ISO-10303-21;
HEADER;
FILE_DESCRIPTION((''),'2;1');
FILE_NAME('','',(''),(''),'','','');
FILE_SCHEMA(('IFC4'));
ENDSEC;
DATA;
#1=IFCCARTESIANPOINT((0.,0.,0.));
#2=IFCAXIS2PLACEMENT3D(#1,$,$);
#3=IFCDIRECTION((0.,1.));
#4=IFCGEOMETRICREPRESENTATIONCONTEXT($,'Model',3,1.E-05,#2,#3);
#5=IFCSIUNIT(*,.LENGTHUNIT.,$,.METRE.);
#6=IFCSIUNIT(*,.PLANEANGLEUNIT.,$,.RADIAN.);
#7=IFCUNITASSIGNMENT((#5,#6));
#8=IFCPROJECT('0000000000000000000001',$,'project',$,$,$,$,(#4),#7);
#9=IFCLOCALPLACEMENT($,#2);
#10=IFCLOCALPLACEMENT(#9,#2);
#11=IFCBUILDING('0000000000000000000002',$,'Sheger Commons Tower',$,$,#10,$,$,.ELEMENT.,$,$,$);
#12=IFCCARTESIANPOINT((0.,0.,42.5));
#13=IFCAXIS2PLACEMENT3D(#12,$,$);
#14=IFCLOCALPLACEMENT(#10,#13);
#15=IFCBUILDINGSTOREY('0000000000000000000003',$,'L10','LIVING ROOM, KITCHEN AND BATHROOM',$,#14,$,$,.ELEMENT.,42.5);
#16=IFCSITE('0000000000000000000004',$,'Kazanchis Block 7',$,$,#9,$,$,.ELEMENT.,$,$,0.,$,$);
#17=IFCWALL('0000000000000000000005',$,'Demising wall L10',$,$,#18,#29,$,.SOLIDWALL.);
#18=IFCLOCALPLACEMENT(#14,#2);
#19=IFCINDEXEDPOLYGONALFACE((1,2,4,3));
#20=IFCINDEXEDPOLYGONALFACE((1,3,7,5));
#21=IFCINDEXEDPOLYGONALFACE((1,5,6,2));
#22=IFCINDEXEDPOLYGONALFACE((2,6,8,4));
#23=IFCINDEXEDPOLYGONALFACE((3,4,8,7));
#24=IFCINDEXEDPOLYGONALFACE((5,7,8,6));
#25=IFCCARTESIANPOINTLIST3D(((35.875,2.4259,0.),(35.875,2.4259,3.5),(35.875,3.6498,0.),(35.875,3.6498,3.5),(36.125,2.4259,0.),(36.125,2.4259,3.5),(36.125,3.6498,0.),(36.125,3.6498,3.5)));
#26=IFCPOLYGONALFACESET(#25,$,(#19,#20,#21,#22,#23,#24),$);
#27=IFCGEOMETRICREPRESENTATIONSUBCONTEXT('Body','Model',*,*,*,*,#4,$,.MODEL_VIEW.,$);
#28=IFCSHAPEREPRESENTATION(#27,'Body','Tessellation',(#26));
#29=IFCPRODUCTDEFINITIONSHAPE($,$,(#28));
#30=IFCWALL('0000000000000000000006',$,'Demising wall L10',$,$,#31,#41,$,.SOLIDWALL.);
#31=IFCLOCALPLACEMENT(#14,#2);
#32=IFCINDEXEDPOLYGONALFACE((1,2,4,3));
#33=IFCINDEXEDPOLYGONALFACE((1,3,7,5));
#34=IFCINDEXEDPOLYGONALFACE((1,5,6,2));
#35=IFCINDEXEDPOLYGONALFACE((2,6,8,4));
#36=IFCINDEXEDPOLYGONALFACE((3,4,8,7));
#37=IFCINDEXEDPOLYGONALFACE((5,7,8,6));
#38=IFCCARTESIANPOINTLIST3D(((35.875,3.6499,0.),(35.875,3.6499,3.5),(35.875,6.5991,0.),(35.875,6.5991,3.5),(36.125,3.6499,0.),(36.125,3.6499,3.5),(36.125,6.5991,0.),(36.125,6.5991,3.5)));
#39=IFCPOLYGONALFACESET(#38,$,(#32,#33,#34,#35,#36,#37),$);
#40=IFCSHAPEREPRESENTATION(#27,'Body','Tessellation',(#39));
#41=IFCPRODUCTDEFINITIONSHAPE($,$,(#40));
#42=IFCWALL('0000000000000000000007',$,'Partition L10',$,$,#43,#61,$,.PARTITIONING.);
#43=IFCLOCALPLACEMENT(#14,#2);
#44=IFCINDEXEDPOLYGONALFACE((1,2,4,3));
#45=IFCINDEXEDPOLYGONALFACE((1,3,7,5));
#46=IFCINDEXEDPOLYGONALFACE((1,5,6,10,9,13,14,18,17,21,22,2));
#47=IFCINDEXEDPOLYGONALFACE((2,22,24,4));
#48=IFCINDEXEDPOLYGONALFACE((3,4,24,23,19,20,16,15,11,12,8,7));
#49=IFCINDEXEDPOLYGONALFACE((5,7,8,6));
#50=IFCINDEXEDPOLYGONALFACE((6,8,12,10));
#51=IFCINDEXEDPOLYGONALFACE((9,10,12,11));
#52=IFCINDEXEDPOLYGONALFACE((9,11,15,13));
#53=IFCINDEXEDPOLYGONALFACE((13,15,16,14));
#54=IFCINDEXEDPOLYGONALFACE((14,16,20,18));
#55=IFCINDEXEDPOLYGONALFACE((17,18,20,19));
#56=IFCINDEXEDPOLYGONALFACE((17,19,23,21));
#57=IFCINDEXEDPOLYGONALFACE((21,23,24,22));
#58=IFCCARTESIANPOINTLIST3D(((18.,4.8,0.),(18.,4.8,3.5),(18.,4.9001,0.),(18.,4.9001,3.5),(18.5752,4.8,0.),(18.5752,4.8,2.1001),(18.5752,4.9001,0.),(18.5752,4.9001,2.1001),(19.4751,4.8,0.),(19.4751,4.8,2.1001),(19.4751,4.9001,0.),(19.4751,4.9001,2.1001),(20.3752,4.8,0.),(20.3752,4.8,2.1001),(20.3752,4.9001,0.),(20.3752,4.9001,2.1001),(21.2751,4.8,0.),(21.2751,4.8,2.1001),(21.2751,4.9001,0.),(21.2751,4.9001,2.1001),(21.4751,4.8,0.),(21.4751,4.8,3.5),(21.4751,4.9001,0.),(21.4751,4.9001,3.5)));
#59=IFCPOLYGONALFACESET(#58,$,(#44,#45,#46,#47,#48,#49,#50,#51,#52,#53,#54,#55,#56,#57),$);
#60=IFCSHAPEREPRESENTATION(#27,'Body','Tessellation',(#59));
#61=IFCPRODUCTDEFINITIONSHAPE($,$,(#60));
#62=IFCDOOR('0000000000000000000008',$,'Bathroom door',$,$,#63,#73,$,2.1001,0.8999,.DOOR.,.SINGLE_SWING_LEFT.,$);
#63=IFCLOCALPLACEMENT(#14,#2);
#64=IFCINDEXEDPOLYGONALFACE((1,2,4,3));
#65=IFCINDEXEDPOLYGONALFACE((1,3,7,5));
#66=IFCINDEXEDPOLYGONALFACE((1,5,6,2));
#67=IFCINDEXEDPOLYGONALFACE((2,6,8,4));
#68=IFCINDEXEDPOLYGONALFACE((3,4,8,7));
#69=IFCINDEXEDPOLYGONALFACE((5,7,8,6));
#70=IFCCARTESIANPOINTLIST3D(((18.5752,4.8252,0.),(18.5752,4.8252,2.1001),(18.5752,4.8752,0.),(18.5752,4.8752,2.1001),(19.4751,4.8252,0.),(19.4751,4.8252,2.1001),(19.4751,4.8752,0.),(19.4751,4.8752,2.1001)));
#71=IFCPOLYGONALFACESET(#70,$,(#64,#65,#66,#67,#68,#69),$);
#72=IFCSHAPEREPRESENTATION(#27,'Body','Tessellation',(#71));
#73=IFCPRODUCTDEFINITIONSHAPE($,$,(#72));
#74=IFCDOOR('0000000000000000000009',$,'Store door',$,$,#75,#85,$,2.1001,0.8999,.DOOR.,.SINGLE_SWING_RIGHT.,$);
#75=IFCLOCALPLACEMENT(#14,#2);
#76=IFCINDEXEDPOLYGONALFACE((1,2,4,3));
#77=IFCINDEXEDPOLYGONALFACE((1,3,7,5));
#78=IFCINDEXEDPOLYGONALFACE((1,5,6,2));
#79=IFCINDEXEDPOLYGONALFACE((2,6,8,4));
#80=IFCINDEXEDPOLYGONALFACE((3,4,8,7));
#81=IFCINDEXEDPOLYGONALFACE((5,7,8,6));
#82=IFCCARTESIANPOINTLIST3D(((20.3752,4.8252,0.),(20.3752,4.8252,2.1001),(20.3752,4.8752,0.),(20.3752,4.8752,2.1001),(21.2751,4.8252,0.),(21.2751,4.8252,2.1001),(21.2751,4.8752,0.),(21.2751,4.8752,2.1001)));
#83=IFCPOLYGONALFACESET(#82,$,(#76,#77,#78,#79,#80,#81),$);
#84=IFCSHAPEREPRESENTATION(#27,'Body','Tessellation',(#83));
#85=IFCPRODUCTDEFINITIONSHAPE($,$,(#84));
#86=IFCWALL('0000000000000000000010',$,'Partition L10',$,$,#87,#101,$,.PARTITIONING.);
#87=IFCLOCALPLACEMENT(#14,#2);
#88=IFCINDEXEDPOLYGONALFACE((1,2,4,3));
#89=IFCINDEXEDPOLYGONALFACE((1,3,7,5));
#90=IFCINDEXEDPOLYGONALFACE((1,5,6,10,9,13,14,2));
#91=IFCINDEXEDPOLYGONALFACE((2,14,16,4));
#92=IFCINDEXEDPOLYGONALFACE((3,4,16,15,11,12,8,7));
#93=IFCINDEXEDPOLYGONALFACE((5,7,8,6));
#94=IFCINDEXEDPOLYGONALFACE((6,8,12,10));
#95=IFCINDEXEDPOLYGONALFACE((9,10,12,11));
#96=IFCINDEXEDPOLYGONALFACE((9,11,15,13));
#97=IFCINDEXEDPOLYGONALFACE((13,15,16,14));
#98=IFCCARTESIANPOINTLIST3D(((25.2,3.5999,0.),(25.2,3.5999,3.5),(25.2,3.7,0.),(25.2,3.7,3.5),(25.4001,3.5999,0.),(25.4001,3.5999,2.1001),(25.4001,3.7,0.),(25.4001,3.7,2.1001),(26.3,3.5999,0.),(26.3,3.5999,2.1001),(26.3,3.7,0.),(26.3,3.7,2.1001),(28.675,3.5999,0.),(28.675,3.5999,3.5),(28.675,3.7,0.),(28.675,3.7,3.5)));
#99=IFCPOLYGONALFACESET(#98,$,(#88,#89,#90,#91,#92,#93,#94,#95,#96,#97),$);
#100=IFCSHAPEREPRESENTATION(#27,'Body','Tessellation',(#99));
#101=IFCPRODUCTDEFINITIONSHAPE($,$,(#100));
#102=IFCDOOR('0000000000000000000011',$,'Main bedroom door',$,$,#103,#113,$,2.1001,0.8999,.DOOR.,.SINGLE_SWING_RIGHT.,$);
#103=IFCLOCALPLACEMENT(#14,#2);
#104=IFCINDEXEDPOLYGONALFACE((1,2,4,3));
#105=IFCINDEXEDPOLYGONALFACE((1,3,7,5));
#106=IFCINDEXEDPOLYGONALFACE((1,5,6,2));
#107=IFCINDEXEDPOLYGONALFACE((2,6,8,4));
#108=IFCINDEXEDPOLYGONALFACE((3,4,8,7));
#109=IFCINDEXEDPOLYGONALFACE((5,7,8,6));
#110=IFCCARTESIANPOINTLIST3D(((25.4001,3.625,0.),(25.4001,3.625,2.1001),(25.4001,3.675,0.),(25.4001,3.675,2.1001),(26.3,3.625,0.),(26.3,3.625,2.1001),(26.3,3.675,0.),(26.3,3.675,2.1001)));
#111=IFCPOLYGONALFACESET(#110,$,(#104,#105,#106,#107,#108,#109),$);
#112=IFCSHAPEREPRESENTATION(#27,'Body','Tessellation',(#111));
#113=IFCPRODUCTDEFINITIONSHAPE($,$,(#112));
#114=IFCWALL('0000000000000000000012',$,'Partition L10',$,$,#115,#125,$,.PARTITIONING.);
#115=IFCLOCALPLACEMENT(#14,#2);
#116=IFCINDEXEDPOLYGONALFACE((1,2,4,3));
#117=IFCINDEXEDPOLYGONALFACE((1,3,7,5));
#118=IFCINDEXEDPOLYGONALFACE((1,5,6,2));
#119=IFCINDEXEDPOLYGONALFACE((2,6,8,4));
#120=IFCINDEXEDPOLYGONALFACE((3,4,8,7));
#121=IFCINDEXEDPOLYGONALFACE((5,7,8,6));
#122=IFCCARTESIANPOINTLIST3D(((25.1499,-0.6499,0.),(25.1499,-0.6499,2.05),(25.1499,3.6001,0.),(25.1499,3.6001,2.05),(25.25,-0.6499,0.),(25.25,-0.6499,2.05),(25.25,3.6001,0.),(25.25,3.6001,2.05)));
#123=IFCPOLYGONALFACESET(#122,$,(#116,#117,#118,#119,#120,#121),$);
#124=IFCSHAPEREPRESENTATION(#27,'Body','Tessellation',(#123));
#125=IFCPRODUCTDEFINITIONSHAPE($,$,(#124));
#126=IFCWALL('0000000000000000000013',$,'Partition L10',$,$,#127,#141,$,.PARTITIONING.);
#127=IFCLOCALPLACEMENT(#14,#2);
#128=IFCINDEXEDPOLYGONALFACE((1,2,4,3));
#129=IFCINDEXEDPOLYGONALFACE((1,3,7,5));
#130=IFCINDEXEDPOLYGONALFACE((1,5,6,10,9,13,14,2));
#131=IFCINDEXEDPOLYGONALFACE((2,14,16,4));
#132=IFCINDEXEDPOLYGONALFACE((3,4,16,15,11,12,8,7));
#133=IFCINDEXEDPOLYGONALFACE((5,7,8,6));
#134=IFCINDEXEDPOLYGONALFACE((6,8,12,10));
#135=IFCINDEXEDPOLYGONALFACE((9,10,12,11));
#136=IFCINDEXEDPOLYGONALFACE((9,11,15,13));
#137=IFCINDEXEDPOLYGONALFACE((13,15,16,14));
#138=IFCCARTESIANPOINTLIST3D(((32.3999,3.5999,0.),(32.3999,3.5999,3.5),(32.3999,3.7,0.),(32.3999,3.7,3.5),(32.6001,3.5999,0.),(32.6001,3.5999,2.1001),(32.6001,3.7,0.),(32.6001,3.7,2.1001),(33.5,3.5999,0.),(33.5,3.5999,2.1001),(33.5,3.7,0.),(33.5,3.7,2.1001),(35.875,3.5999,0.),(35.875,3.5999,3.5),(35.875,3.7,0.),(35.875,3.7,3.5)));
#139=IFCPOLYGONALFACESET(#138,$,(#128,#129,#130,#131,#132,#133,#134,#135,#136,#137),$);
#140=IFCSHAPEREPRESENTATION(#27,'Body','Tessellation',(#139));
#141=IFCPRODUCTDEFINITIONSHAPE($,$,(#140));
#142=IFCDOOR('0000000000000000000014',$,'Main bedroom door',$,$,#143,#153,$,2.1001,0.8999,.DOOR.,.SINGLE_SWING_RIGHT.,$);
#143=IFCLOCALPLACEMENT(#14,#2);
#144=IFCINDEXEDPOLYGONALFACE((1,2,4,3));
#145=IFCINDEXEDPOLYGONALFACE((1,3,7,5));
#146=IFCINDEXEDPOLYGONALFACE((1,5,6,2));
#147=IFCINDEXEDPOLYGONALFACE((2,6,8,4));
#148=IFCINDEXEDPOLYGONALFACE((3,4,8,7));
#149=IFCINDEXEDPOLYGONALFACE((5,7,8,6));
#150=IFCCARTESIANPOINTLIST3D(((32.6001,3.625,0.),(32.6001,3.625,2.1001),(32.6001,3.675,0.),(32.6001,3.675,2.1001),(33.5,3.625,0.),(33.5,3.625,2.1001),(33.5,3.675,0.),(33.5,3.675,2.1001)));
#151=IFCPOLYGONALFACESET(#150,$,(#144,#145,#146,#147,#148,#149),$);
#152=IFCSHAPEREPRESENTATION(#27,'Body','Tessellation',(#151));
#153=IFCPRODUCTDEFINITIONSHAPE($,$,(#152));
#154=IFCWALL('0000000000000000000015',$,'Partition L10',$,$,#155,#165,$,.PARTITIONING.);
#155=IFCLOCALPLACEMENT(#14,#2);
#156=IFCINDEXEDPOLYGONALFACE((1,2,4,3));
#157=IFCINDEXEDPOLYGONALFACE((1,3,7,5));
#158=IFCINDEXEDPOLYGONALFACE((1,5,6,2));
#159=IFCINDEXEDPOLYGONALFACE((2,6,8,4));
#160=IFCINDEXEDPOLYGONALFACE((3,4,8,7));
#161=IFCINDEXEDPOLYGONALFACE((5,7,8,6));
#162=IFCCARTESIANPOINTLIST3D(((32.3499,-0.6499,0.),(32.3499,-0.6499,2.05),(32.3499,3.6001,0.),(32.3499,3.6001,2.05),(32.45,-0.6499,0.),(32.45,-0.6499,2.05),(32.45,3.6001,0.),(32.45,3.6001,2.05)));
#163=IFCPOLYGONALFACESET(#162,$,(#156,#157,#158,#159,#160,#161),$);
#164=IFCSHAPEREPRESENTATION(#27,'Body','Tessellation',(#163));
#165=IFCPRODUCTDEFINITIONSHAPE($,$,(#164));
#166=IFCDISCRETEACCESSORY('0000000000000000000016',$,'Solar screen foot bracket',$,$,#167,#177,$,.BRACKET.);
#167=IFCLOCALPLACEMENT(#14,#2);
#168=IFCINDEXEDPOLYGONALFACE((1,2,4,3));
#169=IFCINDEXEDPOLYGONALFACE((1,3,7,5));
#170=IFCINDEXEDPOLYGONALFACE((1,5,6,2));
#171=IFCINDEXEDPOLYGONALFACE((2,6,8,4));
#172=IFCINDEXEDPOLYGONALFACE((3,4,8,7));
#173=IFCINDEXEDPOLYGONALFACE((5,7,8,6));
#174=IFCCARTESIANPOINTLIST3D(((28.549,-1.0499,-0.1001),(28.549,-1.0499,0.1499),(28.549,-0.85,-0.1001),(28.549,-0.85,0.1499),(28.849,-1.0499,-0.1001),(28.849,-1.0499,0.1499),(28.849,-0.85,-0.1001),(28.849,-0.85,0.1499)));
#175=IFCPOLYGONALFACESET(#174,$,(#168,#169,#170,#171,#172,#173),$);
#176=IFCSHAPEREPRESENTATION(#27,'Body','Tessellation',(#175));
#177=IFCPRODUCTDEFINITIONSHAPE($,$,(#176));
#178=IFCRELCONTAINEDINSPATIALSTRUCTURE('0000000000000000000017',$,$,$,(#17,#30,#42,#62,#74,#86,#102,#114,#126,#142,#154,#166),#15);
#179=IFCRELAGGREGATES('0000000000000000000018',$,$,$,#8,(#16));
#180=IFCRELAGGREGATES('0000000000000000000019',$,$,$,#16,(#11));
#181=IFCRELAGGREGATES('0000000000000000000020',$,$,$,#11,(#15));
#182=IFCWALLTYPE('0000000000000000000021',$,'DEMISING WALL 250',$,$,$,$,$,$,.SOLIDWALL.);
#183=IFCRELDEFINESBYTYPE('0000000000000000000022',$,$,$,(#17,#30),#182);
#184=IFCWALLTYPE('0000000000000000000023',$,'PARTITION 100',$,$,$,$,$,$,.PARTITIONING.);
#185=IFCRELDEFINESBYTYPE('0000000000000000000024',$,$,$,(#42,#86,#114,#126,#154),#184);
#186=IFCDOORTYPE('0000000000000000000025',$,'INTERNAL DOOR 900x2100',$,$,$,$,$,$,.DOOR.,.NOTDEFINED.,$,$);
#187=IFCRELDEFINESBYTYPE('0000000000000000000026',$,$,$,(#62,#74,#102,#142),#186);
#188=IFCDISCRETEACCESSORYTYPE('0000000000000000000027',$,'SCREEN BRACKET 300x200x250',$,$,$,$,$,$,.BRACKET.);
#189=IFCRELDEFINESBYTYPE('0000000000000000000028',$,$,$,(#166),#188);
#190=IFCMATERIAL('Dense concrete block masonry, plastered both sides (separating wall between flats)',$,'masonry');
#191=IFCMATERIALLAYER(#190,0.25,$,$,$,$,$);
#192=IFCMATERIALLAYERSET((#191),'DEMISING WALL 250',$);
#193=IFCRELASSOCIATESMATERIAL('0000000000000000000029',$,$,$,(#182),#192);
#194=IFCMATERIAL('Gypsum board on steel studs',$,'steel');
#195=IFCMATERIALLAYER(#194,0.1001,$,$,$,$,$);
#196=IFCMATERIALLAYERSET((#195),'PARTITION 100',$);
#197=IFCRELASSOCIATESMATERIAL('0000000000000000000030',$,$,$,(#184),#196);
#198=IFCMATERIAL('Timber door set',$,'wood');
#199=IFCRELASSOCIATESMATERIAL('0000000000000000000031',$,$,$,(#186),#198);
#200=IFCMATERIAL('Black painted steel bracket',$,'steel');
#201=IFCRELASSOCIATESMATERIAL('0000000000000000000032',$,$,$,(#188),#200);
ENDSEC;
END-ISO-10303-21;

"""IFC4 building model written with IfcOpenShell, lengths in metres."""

from ifc_helpers import new_model, si_unit, direction, frame, frame_2d, origin, origin_2d, place, context, subcontext, project, spatial, rectangle, extrude, material, layer, layer_set, type_object, element, fill, save


model = new_model("IFC4")

# Units and contexts
model_context = context("Model", 3, precision=1e-05, world=origin(), true_north=direction((0.0, 1.0)))
body_context = subcontext(model_context, "Body", "Model", "MODEL_VIEW")
ifc_project = project(units=[si_unit("LENGTHUNIT", "METRE"), si_unit("PLANEANGLEUNIT", "RADIAN")], contexts=[model_context])

# Site, building, storey
site_placement = place(None, origin())
site = spatial("IfcSite", under=ifc_project, at=site_placement, Name="Kazanchis Block 7", CompositionType="ELEMENT", RefElevation=0.0)
building_placement = place(site_placement, origin())
building = spatial("IfcBuilding", under=site, at=building_placement, Name="Sheger Commons Tower", CompositionType="ELEMENT")
storey_placement = place(building_placement, frame((0.0, 0.0, 42.5)))
storey = spatial("IfcBuildingStorey", under=building, at=storey_placement, Name="L10", Description="LIVING ROOM, KITCHEN AND BATHROOM", CompositionType="ELEMENT", Elevation=42.5)

# Walls
ifc_material_1 = material(Name="Dense concrete block masonry, plastered both sides (separating wall between flats)", Category="masonry")
ifc_layer_1 = layer(ifc_material_1, 0.25)
ifc_layer_set_1 = layer_set([ifc_layer_1], Name="DEMISING WALL 250")
wall_type_1 = type_object("IfcWallType", Name="DEMISING WALL 250", PredefinedType="SOLIDWALL", material=ifc_layer_set_1)
wall_1_placement = place(storey_placement, frame((36.0, 2.426, 0.0), z_axis=(0.0, 0.0, 1.0), x_axis=(0.0, 1.0, 0.0)))
element("IfcWall", 1, at=wall_1_placement, inside=storey, type_object=wall_type_1, Name="Demising wall L10", PredefinedType="SOLIDWALL", context=body_context, shape_type="SweptSolid", body=[
    extrude(rectangle(XDim=1.2239, YDim=0.25, at=frame_2d((0.6118, 0.0))), origin(), (0.0, 0.0, 1.0), 3.5),
])
wall_2_placement = place(storey_placement, frame((36.0, 3.6499, 0.0), z_axis=(0.0, 0.0, 1.0), x_axis=(0.0, 1.0, 0.0)))
element("IfcWall", 2, at=wall_2_placement, inside=storey, type_object=wall_type_1, Name="Demising wall L10", PredefinedType="SOLIDWALL", context=body_context, shape_type="SweptSolid", body=[
    extrude(rectangle(XDim=2.9492, YDim=0.25, at=frame_2d((1.4746, 0.0))), origin(), (0.0, 0.0, 1.0), 3.5),
])

# Wall, openings, doors
ifc_material_2 = material(Name="Gypsum board on steel studs", Category="steel")
ifc_layer_2 = layer(ifc_material_2, 0.1001)
ifc_layer_set_2 = layer_set([ifc_layer_2], Name="PARTITION 100")
wall_type_2 = type_object("IfcWallType", Name="PARTITION 100", PredefinedType="PARTITIONING", material=ifc_layer_set_2)
wall_3_placement = place(storey_placement, frame((21.4751, 4.8501, 0.0), z_axis=(0.0, 0.0, 1.0), x_axis=(-1.0, 0.0, 0.0)))
wall_3 = element("IfcWall", 3, at=wall_3_placement, inside=storey, type_object=wall_type_2, Name="Partition L10", PredefinedType="PARTITIONING", context=body_context, shape_type="SweptSolid", body=[
    extrude(rectangle(XDim=3.4751, YDim=0.1001, at=frame_2d((1.7375, 0.0))), origin(), (0.0, 0.0, 1.0), 3.5),
])
opening_1_placement = place(wall_3_placement, frame((2.0, 0.0, 0.0)))
opening_1 = element("IfcOpeningElement", 4, at=opening_1_placement, cuts=wall_3, PredefinedType="OPENING", context=body_context, shape_type="SweptSolid", body=[
    extrude(rectangle(XDim=0.8999, YDim=2.1001, at=frame_2d((0.45, 1.05))), frame((0.0, 0.0601, 0.0), z_axis=(0.0, -1.0, 0.0), x_axis=(1.0, 0.0, 0.0)), (0.0, 0.0, 1.0), 0.1201),
])
opening_2_placement = place(wall_3_placement, frame((0.2, 0.0, 0.0)))
opening_2 = element("IfcOpeningElement", 5, at=opening_2_placement, cuts=wall_3, PredefinedType="OPENING", context=body_context, shape_type="SweptSolid", body=[
    extrude(rectangle(XDim=0.8999, YDim=2.1001, at=frame_2d((0.45, 1.05))), frame((0.0, 0.0601, 0.0), z_axis=(0.0, -1.0, 0.0), x_axis=(1.0, 0.0, 0.0)), (0.0, 0.0, 1.0), 0.1201),
])
ifc_material_3 = material(Name="Timber door set", Category="wood")
door_type = type_object("IfcDoorType", Name="INTERNAL DOOR 900x2100", OperationType="NOTDEFINED", PredefinedType="DOOR", material=ifc_material_3)
door_1_placement = place(opening_1_placement, origin())
door_1 = element("IfcDoor", 6, at=door_1_placement, inside=storey, type_object=door_type, Name="Bathroom door", OperationType="SINGLE_SWING_LEFT", OverallHeight=2.1001, OverallWidth=0.8999, PredefinedType="DOOR", context=body_context, shape_type="SweptSolid", body=[
    extrude(rectangle(XDim=0.8999, YDim=2.1001, at=frame_2d((0.45, 1.05))), frame((0.0, 0.0249, 0.0), z_axis=(0.0, -1.0, 0.0), x_axis=(1.0, 0.0, 0.0)), (0.0, 0.0, 1.0), 0.05),
])
fill(opening_1, door_1)
door_2_placement = place(opening_2_placement, origin())
door_2 = element("IfcDoor", 7, at=door_2_placement, inside=storey, type_object=door_type, Name="Store door", OperationType="SINGLE_SWING_RIGHT", OverallHeight=2.1001, OverallWidth=0.8999, PredefinedType="DOOR", context=body_context, shape_type="SweptSolid", body=[
    extrude(rectangle(XDim=0.8999, YDim=2.1001, at=frame_2d((0.45, 1.05))), frame((0.0, 0.0249, 0.0), z_axis=(0.0, -1.0, 0.0), x_axis=(1.0, 0.0, 0.0)), (0.0, 0.0, 1.0), 0.05),
])
fill(opening_2, door_2)

# Wall, opening, door
wall_4_placement = place(storey_placement, frame((28.675, 3.6499, 0.0), z_axis=(0.0, 0.0, 1.0), x_axis=(-1.0, 0.0, 0.0)))
wall_4 = element("IfcWall", 8, at=wall_4_placement, inside=storey, type_object=wall_type_2, Name="Partition L10", PredefinedType="PARTITIONING", context=body_context, shape_type="SweptSolid", body=[
    extrude(rectangle(XDim=3.4751, YDim=0.1001, at=frame_2d((1.7375, 0.0))), origin(), (0.0, 0.0, 1.0), 3.5),
])
opening_3_placement = place(wall_4_placement, frame((2.375, 0.0, 0.0)))
opening_3 = element("IfcOpeningElement", 9, at=opening_3_placement, cuts=wall_4, PredefinedType="OPENING", context=body_context, shape_type="SweptSolid", body=[
    extrude(rectangle(XDim=0.8999, YDim=2.1001, at=frame_2d((0.45, 1.05))), frame((0.0, 0.0601, 0.0), z_axis=(0.0, -1.0, 0.0), x_axis=(1.0, 0.0, 0.0)), (0.0, 0.0, 1.0), 0.1201),
])
door_3_placement = place(opening_3_placement, origin())
door_3 = element("IfcDoor", 10, at=door_3_placement, inside=storey, type_object=door_type, Name="Main bedroom door", OperationType="SINGLE_SWING_RIGHT", OverallHeight=2.1001, OverallWidth=0.8999, PredefinedType="DOOR", context=body_context, shape_type="SweptSolid", body=[
    extrude(rectangle(XDim=0.8999, YDim=2.1001, at=frame_2d((0.45, 1.05))), frame((0.0, 0.0249, 0.0), z_axis=(0.0, -1.0, 0.0), x_axis=(1.0, 0.0, 0.0)), (0.0, 0.0, 1.0), 0.05),
])
fill(opening_3, door_3)

# Wall
wall_5_placement = place(storey_placement, frame((25.2, -0.6499, 0.0), z_axis=(0.0, 0.0, 1.0), x_axis=(0.0, 1.0, 0.0)))
element("IfcWall", 11, at=wall_5_placement, inside=storey, type_object=wall_type_2, Name="Partition L10", PredefinedType="PARTITIONING", context=body_context, shape_type="SweptSolid", body=[
    extrude(rectangle(XDim=4.25, YDim=0.1001, at=frame_2d((2.125, 0.0))), origin(), (0.0, 0.0, 1.0), 2.05),
])

# Wall, opening, door
wall_6_placement = place(storey_placement, frame((35.875, 3.6499, 0.0), z_axis=(0.0, 0.0, 1.0), x_axis=(-1.0, 0.0, 0.0)))
wall_6 = element("IfcWall", 12, at=wall_6_placement, inside=storey, type_object=wall_type_2, Name="Partition L10", PredefinedType="PARTITIONING", context=body_context, shape_type="SweptSolid", body=[
    extrude(rectangle(XDim=3.4751, YDim=0.1001, at=frame_2d((1.7375, 0.0))), origin(), (0.0, 0.0, 1.0), 3.5),
])
opening_4_placement = place(wall_6_placement, frame((2.375, 0.0, 0.0)))
opening_4 = element("IfcOpeningElement", 13, at=opening_4_placement, cuts=wall_6, PredefinedType="OPENING", context=body_context, shape_type="SweptSolid", body=[
    extrude(rectangle(XDim=0.8999, YDim=2.1001, at=frame_2d((0.45, 1.05))), frame((0.0, 0.0601, 0.0), z_axis=(0.0, -1.0, 0.0), x_axis=(1.0, 0.0, 0.0)), (0.0, 0.0, 1.0), 0.1201),
])
door_4_placement = place(opening_4_placement, origin())
door_4 = element("IfcDoor", 14, at=door_4_placement, inside=storey, type_object=door_type, Name="Main bedroom door", OperationType="SINGLE_SWING_RIGHT", OverallHeight=2.1001, OverallWidth=0.8999, PredefinedType="DOOR", context=body_context, shape_type="SweptSolid", body=[
    extrude(rectangle(XDim=0.8999, YDim=2.1001, at=frame_2d((0.45, 1.05))), frame((0.0, 0.0249, 0.0), z_axis=(0.0, -1.0, 0.0), x_axis=(1.0, 0.0, 0.0)), (0.0, 0.0, 1.0), 0.05),
])
fill(opening_4, door_4)

# Wall
wall_7_placement = place(storey_placement, frame((32.3999, -0.6499, 0.0), z_axis=(0.0, 0.0, 1.0), x_axis=(0.0, 1.0, 0.0)))
element("IfcWall", 15, at=wall_7_placement, inside=storey, type_object=wall_type_2, Name="Partition L10", PredefinedType="PARTITIONING", context=body_context, shape_type="SweptSolid", body=[
    extrude(rectangle(XDim=4.25, YDim=0.1001, at=frame_2d((2.125, 0.0))), origin(), (0.0, 0.0, 1.0), 2.05),
])

# Discrete accessory
ifc_material_4 = material(Name="Black painted steel bracket", Category="steel")
discrete_accessory_type = type_object("IfcDiscreteAccessoryType", Name="SCREEN BRACKET 300x200x250", PredefinedType="BRACKET", material=ifc_material_4)
for number, where, z_axis, x_axis, name in (
    (16, (28.699, -0.95, -0.1001), (0.0, 0.0, 1.0), (1.0, 0.0, 0.0), "Solar screen foot bracket"),
):
    element("IfcDiscreteAccessory", number, at=place(storey_placement, frame(where, z_axis=z_axis, x_axis=x_axis)), inside=storey, type_object=discrete_accessory_type, Name=name, PredefinedType="BRACKET", context=body_context, shape_type="SweptSolid", body=[
        extrude(rectangle(XDim=0.3, YDim=0.2, at=origin_2d()), origin(), (0.0, 0.0, 1.0), 0.25),
    ])

save(model, "model.ifc")
